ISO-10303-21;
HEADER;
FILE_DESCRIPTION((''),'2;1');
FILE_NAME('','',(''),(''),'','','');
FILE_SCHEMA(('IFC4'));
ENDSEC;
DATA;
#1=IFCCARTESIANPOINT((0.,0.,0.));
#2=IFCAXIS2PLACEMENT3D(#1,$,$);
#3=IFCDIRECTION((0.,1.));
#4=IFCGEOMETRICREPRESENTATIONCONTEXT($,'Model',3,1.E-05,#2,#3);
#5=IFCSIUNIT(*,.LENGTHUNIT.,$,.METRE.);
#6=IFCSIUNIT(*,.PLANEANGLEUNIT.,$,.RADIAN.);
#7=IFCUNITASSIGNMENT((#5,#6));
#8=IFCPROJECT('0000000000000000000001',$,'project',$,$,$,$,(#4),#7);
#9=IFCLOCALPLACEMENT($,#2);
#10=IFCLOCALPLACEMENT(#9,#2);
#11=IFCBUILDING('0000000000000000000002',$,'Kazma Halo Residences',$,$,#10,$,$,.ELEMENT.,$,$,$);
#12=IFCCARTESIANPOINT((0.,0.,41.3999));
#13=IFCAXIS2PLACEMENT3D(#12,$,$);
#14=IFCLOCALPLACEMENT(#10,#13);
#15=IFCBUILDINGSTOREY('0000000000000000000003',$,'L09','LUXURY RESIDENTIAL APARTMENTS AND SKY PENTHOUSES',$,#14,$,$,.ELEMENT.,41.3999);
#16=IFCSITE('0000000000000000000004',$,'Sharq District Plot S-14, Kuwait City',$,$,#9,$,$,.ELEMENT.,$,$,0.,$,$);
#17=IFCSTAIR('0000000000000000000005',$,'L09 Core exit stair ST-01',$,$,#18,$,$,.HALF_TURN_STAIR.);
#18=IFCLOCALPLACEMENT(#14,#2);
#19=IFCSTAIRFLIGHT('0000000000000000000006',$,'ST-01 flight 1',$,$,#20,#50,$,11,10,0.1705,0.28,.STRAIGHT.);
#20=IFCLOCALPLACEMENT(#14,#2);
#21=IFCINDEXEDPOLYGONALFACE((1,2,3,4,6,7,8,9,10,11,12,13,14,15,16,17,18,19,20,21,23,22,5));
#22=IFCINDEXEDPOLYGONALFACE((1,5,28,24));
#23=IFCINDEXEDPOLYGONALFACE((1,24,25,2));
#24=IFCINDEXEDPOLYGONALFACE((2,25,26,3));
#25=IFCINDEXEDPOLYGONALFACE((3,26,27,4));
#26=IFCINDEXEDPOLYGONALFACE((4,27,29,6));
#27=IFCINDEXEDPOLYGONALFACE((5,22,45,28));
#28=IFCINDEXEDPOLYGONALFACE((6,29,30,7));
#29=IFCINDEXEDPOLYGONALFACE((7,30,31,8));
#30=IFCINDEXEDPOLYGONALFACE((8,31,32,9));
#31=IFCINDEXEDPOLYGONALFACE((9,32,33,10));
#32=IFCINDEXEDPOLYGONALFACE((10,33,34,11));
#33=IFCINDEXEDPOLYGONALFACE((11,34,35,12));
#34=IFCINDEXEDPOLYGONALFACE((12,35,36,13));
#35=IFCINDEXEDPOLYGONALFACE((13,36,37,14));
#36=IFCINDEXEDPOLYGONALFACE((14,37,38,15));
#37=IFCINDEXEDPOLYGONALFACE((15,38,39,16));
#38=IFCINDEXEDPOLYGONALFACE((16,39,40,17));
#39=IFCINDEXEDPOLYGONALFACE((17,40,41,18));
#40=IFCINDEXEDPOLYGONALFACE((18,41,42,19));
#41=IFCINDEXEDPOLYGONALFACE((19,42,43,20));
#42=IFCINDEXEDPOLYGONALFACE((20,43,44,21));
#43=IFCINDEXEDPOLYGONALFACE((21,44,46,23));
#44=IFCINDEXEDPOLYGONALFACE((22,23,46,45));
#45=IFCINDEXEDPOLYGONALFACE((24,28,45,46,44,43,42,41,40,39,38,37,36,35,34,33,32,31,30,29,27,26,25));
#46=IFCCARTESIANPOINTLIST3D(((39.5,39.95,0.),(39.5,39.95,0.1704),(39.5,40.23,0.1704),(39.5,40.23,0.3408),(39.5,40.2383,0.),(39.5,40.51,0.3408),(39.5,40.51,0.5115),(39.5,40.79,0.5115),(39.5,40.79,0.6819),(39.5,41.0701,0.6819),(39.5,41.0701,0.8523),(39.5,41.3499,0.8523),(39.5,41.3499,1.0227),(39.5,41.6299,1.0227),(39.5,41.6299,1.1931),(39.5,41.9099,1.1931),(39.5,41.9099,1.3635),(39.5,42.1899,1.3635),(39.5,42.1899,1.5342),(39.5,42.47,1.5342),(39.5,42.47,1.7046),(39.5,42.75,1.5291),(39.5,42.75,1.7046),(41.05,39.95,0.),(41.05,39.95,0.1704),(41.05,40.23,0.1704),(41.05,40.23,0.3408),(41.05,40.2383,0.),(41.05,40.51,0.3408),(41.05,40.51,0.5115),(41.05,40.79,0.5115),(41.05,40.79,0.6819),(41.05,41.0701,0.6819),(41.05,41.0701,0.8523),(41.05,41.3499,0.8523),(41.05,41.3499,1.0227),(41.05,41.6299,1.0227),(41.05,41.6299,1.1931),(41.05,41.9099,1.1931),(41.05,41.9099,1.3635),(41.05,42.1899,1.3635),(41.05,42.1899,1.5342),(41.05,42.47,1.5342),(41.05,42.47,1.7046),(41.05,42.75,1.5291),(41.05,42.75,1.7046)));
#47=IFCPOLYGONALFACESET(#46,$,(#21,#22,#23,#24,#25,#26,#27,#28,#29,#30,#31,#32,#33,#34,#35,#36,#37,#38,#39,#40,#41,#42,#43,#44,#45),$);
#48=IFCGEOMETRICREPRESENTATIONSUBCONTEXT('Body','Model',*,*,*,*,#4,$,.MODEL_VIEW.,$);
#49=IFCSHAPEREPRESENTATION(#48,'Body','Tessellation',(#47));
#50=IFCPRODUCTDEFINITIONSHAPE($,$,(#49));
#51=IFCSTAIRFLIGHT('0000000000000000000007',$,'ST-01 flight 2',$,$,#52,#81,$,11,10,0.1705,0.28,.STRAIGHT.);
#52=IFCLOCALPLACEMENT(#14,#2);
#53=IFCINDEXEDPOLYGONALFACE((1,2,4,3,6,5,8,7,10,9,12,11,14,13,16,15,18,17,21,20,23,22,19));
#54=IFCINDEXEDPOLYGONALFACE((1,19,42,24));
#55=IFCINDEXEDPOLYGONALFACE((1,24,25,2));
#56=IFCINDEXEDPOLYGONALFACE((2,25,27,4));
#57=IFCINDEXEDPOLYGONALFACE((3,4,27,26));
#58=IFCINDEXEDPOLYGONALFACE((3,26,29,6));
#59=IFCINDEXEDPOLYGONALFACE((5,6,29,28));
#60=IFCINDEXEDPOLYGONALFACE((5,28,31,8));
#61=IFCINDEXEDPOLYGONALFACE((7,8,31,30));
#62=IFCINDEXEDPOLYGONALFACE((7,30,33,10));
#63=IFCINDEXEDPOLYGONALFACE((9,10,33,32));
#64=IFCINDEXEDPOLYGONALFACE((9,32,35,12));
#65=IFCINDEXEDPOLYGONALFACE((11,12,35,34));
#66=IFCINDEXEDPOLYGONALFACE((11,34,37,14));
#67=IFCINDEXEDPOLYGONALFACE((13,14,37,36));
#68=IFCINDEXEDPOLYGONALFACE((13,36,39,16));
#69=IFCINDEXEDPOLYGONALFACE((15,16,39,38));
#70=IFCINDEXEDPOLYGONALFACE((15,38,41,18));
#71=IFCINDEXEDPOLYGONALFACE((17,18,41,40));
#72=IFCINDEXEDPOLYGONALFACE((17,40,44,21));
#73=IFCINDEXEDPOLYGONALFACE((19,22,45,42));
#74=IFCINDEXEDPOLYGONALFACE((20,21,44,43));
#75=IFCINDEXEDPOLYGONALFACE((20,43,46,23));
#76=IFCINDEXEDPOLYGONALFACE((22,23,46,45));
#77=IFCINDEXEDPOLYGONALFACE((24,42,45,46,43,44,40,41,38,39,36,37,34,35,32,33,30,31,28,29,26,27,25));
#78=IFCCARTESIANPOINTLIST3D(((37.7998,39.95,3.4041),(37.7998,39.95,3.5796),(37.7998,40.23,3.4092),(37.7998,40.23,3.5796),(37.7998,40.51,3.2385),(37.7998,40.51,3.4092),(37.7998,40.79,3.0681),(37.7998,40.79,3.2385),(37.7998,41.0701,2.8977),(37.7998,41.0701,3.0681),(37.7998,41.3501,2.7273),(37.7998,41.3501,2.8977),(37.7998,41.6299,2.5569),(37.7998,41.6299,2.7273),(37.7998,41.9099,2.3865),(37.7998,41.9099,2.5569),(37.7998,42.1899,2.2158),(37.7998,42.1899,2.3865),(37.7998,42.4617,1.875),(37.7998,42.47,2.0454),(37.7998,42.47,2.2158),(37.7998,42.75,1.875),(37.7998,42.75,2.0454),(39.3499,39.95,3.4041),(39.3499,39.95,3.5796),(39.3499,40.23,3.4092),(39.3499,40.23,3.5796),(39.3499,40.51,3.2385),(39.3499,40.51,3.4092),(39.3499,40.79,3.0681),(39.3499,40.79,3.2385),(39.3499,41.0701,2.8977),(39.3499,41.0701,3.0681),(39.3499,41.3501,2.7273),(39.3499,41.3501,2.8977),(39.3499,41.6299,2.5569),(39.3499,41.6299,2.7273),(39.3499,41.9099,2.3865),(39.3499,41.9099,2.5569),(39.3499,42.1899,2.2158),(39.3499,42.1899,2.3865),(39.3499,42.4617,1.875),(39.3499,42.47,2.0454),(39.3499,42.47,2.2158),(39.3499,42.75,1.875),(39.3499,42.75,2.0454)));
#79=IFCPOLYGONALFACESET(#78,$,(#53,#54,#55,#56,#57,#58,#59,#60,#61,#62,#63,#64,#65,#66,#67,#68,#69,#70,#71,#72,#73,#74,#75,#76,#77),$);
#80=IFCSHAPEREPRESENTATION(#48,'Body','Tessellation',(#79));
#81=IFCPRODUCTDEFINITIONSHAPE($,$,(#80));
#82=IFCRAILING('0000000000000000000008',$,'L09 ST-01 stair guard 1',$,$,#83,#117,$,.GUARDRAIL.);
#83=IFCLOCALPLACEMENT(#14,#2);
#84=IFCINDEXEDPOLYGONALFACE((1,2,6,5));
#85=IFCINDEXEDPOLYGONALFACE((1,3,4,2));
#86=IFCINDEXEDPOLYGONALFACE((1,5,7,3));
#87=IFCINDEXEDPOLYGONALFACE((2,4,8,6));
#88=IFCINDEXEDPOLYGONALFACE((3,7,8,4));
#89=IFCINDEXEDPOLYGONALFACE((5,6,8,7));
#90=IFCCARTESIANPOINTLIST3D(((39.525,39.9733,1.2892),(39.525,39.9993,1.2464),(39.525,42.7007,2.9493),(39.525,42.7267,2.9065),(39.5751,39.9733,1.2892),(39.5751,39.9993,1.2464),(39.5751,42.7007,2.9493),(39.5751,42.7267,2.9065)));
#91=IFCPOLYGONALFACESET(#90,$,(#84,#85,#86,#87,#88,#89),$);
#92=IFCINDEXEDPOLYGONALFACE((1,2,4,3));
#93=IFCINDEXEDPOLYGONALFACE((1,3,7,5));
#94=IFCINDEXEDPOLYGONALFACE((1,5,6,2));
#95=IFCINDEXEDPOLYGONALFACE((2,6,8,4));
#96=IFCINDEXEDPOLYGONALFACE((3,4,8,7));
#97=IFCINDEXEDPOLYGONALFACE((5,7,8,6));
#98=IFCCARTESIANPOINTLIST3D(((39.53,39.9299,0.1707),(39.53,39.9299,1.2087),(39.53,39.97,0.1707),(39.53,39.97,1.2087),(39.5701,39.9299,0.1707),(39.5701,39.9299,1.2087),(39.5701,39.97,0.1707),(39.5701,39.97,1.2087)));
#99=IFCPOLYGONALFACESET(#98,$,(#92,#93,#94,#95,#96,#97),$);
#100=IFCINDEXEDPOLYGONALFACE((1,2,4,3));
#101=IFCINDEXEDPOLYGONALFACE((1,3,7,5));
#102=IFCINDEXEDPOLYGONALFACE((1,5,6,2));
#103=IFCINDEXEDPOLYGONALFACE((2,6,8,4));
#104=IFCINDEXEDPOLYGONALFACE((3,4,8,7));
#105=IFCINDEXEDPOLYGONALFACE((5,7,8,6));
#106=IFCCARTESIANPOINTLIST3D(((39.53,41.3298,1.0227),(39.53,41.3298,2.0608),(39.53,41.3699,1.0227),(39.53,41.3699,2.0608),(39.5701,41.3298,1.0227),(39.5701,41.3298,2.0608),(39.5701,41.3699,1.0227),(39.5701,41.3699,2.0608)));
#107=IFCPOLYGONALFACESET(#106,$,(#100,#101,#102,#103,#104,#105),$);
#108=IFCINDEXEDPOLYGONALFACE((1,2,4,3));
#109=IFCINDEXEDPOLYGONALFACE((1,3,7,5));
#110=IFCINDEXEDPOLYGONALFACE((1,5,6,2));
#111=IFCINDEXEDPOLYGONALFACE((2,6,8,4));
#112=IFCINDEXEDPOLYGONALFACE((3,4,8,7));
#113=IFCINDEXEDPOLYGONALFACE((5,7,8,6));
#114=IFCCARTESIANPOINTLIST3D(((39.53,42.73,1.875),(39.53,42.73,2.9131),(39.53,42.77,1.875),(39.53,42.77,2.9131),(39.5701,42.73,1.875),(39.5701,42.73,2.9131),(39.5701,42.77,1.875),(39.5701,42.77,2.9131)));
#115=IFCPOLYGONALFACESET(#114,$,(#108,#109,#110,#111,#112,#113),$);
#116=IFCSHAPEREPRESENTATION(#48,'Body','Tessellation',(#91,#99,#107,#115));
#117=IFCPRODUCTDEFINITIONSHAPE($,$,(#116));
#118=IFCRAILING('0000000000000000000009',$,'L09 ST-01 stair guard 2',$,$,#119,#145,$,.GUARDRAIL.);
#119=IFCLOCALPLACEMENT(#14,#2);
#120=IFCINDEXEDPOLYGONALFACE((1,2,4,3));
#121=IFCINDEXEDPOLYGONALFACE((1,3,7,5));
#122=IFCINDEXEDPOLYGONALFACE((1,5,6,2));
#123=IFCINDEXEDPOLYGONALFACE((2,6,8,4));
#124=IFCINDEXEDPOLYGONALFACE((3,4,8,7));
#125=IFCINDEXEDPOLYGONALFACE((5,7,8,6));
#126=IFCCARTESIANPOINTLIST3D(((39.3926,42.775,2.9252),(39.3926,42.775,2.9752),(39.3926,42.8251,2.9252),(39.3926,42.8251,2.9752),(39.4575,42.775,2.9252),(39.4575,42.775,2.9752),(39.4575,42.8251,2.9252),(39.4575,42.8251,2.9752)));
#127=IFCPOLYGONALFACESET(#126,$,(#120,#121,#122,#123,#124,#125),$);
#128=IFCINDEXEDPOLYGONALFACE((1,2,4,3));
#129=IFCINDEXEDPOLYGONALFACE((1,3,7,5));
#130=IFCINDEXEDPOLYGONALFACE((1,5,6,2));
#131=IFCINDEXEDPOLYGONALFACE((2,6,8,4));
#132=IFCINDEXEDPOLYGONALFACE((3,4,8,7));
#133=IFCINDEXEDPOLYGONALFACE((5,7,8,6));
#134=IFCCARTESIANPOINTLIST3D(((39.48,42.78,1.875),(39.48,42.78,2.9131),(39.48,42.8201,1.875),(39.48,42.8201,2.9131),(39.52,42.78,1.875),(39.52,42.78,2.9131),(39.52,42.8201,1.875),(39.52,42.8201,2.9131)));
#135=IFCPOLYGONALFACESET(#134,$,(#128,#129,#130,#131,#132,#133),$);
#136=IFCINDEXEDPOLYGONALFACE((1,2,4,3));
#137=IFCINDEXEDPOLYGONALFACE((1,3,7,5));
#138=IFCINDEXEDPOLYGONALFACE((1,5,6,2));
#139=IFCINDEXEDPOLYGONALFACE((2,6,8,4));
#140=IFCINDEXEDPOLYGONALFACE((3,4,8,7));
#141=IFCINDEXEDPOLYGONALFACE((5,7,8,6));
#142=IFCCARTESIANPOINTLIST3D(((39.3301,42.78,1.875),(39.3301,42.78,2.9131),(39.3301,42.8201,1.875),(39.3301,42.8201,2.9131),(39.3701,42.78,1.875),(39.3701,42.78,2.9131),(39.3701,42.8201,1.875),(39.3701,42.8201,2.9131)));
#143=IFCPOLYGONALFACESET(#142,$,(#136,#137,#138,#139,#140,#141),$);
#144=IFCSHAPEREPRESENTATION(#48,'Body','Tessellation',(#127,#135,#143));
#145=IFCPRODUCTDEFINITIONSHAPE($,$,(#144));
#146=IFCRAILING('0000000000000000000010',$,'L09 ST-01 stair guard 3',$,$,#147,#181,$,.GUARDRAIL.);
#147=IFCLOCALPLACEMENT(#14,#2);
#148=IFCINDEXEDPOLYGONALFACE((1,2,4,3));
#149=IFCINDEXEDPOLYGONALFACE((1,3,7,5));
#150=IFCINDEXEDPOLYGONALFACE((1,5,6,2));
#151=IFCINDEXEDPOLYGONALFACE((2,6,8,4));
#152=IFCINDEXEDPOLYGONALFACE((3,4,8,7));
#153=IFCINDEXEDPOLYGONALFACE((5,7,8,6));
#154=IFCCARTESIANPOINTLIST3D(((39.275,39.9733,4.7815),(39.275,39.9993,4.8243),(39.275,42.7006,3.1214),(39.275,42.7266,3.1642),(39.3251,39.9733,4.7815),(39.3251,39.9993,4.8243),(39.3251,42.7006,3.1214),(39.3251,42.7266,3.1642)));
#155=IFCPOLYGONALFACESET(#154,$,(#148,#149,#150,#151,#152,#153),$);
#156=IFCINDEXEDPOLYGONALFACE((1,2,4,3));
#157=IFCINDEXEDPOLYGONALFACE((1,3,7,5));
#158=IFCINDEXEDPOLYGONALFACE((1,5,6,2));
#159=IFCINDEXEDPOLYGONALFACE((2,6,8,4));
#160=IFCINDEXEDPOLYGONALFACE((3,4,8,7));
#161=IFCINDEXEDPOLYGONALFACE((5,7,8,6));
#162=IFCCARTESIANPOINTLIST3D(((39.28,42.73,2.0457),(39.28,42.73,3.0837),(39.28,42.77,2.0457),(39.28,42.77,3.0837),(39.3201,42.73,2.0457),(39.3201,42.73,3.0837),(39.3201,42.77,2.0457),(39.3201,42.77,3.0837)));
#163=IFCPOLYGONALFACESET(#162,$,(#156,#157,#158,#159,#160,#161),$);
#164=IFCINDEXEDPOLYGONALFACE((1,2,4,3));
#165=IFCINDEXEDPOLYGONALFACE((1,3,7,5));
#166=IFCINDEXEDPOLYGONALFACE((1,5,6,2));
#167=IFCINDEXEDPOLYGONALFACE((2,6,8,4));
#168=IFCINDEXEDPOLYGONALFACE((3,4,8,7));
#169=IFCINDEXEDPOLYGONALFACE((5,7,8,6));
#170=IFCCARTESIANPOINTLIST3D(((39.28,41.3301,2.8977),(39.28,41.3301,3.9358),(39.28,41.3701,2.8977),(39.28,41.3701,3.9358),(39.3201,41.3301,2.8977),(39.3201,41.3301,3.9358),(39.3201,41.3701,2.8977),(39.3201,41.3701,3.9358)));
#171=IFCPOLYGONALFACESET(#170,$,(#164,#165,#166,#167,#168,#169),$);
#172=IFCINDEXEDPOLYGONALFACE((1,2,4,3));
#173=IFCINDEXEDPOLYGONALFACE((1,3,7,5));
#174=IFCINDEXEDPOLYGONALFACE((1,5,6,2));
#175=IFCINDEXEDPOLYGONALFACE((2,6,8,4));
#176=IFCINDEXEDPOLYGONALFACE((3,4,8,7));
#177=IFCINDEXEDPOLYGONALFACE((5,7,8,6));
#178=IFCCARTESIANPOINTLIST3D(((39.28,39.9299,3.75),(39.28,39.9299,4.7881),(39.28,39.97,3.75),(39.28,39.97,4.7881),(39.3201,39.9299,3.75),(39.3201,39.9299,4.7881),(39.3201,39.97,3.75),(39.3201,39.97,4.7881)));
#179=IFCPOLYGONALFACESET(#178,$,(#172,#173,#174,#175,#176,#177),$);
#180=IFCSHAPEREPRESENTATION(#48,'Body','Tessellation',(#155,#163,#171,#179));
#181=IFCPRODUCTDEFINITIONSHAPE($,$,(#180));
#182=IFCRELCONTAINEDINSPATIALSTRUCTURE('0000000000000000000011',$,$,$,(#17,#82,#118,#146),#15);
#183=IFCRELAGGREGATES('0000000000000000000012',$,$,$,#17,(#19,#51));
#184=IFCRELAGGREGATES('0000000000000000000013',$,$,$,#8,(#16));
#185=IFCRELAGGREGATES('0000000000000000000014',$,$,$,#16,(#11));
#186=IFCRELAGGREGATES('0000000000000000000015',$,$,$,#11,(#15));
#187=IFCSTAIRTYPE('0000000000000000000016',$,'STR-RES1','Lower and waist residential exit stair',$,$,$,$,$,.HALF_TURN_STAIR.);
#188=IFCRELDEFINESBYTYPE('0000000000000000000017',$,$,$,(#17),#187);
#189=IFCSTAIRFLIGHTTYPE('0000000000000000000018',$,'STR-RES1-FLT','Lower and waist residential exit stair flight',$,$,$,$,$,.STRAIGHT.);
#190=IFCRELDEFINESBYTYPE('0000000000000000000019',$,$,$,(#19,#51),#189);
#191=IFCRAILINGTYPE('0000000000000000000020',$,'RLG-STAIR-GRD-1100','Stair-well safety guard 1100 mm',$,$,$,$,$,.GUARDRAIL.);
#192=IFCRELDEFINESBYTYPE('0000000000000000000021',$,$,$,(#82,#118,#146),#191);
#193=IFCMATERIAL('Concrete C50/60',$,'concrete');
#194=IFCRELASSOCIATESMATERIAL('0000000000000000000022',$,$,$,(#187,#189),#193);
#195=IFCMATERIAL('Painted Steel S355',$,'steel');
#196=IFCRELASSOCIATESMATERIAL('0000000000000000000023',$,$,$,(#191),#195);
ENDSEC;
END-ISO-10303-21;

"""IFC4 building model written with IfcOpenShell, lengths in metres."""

from ifc_helpers import new_model, si_unit, direction, frame, origin, origin_2d, place, context, subcontext, project, spatial, polyline, rectangle, outline, extrude, material, type_object, element, aggregate, save


model = new_model("IFC4")

# Units and contexts
model_context = context("Model", 3, precision=1e-05, world=origin(), true_north=direction((0.0, 1.0)))
body_context = subcontext(model_context, "Body", "Model", "MODEL_VIEW")
ifc_project = project(units=[si_unit("LENGTHUNIT", "METRE"), si_unit("PLANEANGLEUNIT", "RADIAN")], contexts=[model_context])

# Site, building, storey
site_placement = place(None, origin())
site = spatial("IfcSite", under=ifc_project, at=site_placement, Name="Sharq District Plot S-14, Kuwait City", CompositionType="ELEMENT", RefElevation=0.0)
building_placement = place(site_placement, origin())
building = spatial("IfcBuilding", under=site, at=building_placement, Name="Kazma Halo Residences", CompositionType="ELEMENT")
storey_placement = place(building_placement, frame((0.0, 0.0, 41.3999)))
storey = spatial("IfcBuildingStorey", under=building, at=storey_placement, Name="L09", Description="LUXURY RESIDENTIAL APARTMENTS AND SKY PENTHOUSES", CompositionType="ELEMENT", Elevation=41.3999)

# Stair, stair flights
ifc_material_1 = material(Name="Concrete C50/60", Category="concrete")
stair_type = type_object("IfcStairType", Name="STR-RES1", Description="Lower and waist residential exit stair", PredefinedType="HALF_TURN_STAIR", material=ifc_material_1)
stair_placement = place(storey_placement, origin())
stair = element("IfcStair", 1, at=stair_placement, inside=storey, type_object=stair_type, Name="L09 Core exit stair ST-01", PredefinedType="HALF_TURN_STAIR")
stair_flight_type = type_object("IfcStairFlightType", Name="STR-RES1-FLT", Description="Lower and waist residential exit stair flight", PredefinedType="STRAIGHT", material=ifc_material_1)
stair_flight_1_placement = place(storey_placement, frame((40.2749, 39.95, 0.0), z_axis=(0.0, 0.0, 1.0), x_axis=(0.0, 1.0, 0.0)))
stair_flight_1 = element("IfcStairFlight", 2, at=stair_flight_1_placement, type_object=stair_flight_type, Name="ST-01 flight 1", NumberOfRisers=11, NumberOfTreads=10, PredefinedType="STRAIGHT", RiserHeight=0.1705, TreadLength=0.28, context=body_context, shape_type="SweptSolid", body=[
    extrude(outline(polyline([(0.0, 0.0), (0.0, 0.1704), (0.28, 0.1704), (0.28, 0.3408), (0.5601, 0.3408), (0.5601, 0.5115), (0.8401, 0.5115), (0.8401, 0.6819), (1.1201, 0.6819), (1.1201, 0.8523), (1.3999, 0.8523), (1.3999, 1.0227), (1.6799, 1.0227), (1.6799, 1.1931), (1.96, 1.1931), (1.96, 1.3635), (2.24, 1.3635), (2.24, 1.5342), (2.52, 1.5342), (2.52, 1.7046), (2.8, 1.7046), (2.8, 1.875), (2.8, 1.5291), (0.2883, 0.0), (0.0, 0.0)])), frame((0.0, 0.7749, 0.0), z_axis=(0.0, -1.0, 0.0), x_axis=(1.0, 0.0, 0.0)), (0.0, 0.0, 1.0), 1.55),
])
stair_flight_2_placement = place(storey_placement, frame((38.575, 42.75, 1.875), z_axis=(0.0, 0.0, 1.0), x_axis=(0.0, -1.0, 0.0)))
stair_flight_2 = element("IfcStairFlight", 3, at=stair_flight_2_placement, type_object=stair_flight_type, Name="ST-01 flight 2", NumberOfRisers=11, NumberOfTreads=10, PredefinedType="STRAIGHT", RiserHeight=0.1705, TreadLength=0.28, context=body_context, shape_type="SweptSolid", body=[
    extrude(outline(polyline([(0.0, 0.0), (0.0, 0.1704), (0.28, 0.1704), (0.28, 0.3408), (0.5601, 0.3408), (0.5601, 0.5115), (0.8401, 0.5115), (0.8401, 0.6819), (1.1201, 0.6819), (1.1201, 0.8523), (1.3999, 0.8523), (1.3999, 1.0227), (1.6799, 1.0227), (1.6799, 1.1931), (1.96, 1.1931), (1.96, 1.3635), (2.24, 1.3635), (2.24, 1.5342), (2.52, 1.5342), (2.52, 1.7046), (2.8, 1.7046), (2.8, 1.875), (2.8, 1.5291), (0.2883, 0.0), (0.0, 0.0)])), frame((0.0, 0.7749, 0.0), z_axis=(0.0, -1.0, 0.0), x_axis=(1.0, 0.0, 0.0)), (0.0, 0.0, 1.0), 1.55),
])
aggregate(stair, [stair_flight_1, stair_flight_2])

# Railings
ifc_material_2 = material(Name="Painted Steel S355", Category="steel")
railing_type_1 = type_object("IfcRailingType", Name="RLG-STAIR-GRD-1100", Description="Stair-well safety guard 1100 mm", PredefinedType="GUARDRAIL", material=ifc_material_2)
railing_1_placement = place(storey_placement, frame((39.55, 39.95, 0.1707)))
element("IfcRailing", 4, at=railing_1_placement, inside=storey, type_object=railing_type_1, Name="L09 ST-01 stair guard 1", PredefinedType="GUARDRAIL", context=body_context, shape_type="SweptSolid", body=[
    extrude(rectangle(XDim=0.05, YDim=0.05, at=origin_2d()), frame((0.0, 0.0364, 1.0972), z_axis=(0.0, 0.854203, 0.51994), x_axis=(-1.0, 0.0, 0.0)), (0.0, 0.0, 1.0), 3.1929),
    extrude(rectangle(XDim=0.04, YDim=0.04, at=origin_2d()), origin(), (0.0, 0.0, 1.0), 1.0381),
    extrude(rectangle(XDim=0.04, YDim=0.04, at=origin_2d()), frame((0.0, 1.3999, 0.8521)), (0.0, 0.0, 1.0), 1.0381),
    extrude(rectangle(XDim=0.04, YDim=0.04, at=origin_2d()), frame((0.0, 2.8, 1.7043)), (0.0, 0.0, 1.0), 1.0381),
])
railing_2_placement = place(storey_placement, frame((39.5, 42.8, 1.875)))
element("IfcRailing", 5, at=railing_2_placement, inside=storey, type_object=railing_type_1, Name="L09 ST-01 stair guard 2", PredefinedType="GUARDRAIL", context=body_context, shape_type="SweptSolid", body=[
    extrude(rectangle(XDim=0.05, YDim=0.05, at=origin_2d()), frame((-0.0425, 0.0, 1.0752), z_axis=(-1.0, 0.0, 0.0), x_axis=(0.0, -1.0, 0.0)), (0.0, 0.0, 1.0), 0.0649),
    extrude(rectangle(XDim=0.04, YDim=0.04, at=origin_2d()), origin(), (0.0, 0.0, 1.0), 1.0381),
    extrude(rectangle(XDim=0.04, YDim=0.04, at=origin_2d()), frame((-0.1499, 0.0, 0.0)), (0.0, 0.0, 1.0), 1.0381),
])
railing_3_placement = place(storey_placement, frame((39.3, 42.75, 2.0457)))
element("IfcRailing", 6, at=railing_3_placement, inside=storey, type_object=railing_type_1, Name="L09 ST-01 stair guard 3", PredefinedType="GUARDRAIL", context=body_context, shape_type="SweptSolid", body=[
    extrude(rectangle(XDim=0.05, YDim=0.05, at=origin_2d()), frame((0.0, -0.0364, 1.0972), z_axis=(0.0, -0.854203, 0.51994), x_axis=(1.0, 0.0, 0.0)), (0.0, 0.0, 1.0), 3.1929),
    extrude(rectangle(XDim=0.04, YDim=0.04, at=origin_2d()), origin(), (0.0, 0.0, 1.0), 1.0381),
    extrude(rectangle(XDim=0.04, YDim=0.04, at=origin_2d()), frame((0.0, -1.3999, 0.8521)), (0.0, 0.0, 1.0), 1.0381),
    extrude(rectangle(XDim=0.04, YDim=0.04, at=origin_2d()), frame((0.0, -2.8, 1.7043)), (0.0, 0.0, 1.0), 1.0381),
])

save(model, "model.ifc")
